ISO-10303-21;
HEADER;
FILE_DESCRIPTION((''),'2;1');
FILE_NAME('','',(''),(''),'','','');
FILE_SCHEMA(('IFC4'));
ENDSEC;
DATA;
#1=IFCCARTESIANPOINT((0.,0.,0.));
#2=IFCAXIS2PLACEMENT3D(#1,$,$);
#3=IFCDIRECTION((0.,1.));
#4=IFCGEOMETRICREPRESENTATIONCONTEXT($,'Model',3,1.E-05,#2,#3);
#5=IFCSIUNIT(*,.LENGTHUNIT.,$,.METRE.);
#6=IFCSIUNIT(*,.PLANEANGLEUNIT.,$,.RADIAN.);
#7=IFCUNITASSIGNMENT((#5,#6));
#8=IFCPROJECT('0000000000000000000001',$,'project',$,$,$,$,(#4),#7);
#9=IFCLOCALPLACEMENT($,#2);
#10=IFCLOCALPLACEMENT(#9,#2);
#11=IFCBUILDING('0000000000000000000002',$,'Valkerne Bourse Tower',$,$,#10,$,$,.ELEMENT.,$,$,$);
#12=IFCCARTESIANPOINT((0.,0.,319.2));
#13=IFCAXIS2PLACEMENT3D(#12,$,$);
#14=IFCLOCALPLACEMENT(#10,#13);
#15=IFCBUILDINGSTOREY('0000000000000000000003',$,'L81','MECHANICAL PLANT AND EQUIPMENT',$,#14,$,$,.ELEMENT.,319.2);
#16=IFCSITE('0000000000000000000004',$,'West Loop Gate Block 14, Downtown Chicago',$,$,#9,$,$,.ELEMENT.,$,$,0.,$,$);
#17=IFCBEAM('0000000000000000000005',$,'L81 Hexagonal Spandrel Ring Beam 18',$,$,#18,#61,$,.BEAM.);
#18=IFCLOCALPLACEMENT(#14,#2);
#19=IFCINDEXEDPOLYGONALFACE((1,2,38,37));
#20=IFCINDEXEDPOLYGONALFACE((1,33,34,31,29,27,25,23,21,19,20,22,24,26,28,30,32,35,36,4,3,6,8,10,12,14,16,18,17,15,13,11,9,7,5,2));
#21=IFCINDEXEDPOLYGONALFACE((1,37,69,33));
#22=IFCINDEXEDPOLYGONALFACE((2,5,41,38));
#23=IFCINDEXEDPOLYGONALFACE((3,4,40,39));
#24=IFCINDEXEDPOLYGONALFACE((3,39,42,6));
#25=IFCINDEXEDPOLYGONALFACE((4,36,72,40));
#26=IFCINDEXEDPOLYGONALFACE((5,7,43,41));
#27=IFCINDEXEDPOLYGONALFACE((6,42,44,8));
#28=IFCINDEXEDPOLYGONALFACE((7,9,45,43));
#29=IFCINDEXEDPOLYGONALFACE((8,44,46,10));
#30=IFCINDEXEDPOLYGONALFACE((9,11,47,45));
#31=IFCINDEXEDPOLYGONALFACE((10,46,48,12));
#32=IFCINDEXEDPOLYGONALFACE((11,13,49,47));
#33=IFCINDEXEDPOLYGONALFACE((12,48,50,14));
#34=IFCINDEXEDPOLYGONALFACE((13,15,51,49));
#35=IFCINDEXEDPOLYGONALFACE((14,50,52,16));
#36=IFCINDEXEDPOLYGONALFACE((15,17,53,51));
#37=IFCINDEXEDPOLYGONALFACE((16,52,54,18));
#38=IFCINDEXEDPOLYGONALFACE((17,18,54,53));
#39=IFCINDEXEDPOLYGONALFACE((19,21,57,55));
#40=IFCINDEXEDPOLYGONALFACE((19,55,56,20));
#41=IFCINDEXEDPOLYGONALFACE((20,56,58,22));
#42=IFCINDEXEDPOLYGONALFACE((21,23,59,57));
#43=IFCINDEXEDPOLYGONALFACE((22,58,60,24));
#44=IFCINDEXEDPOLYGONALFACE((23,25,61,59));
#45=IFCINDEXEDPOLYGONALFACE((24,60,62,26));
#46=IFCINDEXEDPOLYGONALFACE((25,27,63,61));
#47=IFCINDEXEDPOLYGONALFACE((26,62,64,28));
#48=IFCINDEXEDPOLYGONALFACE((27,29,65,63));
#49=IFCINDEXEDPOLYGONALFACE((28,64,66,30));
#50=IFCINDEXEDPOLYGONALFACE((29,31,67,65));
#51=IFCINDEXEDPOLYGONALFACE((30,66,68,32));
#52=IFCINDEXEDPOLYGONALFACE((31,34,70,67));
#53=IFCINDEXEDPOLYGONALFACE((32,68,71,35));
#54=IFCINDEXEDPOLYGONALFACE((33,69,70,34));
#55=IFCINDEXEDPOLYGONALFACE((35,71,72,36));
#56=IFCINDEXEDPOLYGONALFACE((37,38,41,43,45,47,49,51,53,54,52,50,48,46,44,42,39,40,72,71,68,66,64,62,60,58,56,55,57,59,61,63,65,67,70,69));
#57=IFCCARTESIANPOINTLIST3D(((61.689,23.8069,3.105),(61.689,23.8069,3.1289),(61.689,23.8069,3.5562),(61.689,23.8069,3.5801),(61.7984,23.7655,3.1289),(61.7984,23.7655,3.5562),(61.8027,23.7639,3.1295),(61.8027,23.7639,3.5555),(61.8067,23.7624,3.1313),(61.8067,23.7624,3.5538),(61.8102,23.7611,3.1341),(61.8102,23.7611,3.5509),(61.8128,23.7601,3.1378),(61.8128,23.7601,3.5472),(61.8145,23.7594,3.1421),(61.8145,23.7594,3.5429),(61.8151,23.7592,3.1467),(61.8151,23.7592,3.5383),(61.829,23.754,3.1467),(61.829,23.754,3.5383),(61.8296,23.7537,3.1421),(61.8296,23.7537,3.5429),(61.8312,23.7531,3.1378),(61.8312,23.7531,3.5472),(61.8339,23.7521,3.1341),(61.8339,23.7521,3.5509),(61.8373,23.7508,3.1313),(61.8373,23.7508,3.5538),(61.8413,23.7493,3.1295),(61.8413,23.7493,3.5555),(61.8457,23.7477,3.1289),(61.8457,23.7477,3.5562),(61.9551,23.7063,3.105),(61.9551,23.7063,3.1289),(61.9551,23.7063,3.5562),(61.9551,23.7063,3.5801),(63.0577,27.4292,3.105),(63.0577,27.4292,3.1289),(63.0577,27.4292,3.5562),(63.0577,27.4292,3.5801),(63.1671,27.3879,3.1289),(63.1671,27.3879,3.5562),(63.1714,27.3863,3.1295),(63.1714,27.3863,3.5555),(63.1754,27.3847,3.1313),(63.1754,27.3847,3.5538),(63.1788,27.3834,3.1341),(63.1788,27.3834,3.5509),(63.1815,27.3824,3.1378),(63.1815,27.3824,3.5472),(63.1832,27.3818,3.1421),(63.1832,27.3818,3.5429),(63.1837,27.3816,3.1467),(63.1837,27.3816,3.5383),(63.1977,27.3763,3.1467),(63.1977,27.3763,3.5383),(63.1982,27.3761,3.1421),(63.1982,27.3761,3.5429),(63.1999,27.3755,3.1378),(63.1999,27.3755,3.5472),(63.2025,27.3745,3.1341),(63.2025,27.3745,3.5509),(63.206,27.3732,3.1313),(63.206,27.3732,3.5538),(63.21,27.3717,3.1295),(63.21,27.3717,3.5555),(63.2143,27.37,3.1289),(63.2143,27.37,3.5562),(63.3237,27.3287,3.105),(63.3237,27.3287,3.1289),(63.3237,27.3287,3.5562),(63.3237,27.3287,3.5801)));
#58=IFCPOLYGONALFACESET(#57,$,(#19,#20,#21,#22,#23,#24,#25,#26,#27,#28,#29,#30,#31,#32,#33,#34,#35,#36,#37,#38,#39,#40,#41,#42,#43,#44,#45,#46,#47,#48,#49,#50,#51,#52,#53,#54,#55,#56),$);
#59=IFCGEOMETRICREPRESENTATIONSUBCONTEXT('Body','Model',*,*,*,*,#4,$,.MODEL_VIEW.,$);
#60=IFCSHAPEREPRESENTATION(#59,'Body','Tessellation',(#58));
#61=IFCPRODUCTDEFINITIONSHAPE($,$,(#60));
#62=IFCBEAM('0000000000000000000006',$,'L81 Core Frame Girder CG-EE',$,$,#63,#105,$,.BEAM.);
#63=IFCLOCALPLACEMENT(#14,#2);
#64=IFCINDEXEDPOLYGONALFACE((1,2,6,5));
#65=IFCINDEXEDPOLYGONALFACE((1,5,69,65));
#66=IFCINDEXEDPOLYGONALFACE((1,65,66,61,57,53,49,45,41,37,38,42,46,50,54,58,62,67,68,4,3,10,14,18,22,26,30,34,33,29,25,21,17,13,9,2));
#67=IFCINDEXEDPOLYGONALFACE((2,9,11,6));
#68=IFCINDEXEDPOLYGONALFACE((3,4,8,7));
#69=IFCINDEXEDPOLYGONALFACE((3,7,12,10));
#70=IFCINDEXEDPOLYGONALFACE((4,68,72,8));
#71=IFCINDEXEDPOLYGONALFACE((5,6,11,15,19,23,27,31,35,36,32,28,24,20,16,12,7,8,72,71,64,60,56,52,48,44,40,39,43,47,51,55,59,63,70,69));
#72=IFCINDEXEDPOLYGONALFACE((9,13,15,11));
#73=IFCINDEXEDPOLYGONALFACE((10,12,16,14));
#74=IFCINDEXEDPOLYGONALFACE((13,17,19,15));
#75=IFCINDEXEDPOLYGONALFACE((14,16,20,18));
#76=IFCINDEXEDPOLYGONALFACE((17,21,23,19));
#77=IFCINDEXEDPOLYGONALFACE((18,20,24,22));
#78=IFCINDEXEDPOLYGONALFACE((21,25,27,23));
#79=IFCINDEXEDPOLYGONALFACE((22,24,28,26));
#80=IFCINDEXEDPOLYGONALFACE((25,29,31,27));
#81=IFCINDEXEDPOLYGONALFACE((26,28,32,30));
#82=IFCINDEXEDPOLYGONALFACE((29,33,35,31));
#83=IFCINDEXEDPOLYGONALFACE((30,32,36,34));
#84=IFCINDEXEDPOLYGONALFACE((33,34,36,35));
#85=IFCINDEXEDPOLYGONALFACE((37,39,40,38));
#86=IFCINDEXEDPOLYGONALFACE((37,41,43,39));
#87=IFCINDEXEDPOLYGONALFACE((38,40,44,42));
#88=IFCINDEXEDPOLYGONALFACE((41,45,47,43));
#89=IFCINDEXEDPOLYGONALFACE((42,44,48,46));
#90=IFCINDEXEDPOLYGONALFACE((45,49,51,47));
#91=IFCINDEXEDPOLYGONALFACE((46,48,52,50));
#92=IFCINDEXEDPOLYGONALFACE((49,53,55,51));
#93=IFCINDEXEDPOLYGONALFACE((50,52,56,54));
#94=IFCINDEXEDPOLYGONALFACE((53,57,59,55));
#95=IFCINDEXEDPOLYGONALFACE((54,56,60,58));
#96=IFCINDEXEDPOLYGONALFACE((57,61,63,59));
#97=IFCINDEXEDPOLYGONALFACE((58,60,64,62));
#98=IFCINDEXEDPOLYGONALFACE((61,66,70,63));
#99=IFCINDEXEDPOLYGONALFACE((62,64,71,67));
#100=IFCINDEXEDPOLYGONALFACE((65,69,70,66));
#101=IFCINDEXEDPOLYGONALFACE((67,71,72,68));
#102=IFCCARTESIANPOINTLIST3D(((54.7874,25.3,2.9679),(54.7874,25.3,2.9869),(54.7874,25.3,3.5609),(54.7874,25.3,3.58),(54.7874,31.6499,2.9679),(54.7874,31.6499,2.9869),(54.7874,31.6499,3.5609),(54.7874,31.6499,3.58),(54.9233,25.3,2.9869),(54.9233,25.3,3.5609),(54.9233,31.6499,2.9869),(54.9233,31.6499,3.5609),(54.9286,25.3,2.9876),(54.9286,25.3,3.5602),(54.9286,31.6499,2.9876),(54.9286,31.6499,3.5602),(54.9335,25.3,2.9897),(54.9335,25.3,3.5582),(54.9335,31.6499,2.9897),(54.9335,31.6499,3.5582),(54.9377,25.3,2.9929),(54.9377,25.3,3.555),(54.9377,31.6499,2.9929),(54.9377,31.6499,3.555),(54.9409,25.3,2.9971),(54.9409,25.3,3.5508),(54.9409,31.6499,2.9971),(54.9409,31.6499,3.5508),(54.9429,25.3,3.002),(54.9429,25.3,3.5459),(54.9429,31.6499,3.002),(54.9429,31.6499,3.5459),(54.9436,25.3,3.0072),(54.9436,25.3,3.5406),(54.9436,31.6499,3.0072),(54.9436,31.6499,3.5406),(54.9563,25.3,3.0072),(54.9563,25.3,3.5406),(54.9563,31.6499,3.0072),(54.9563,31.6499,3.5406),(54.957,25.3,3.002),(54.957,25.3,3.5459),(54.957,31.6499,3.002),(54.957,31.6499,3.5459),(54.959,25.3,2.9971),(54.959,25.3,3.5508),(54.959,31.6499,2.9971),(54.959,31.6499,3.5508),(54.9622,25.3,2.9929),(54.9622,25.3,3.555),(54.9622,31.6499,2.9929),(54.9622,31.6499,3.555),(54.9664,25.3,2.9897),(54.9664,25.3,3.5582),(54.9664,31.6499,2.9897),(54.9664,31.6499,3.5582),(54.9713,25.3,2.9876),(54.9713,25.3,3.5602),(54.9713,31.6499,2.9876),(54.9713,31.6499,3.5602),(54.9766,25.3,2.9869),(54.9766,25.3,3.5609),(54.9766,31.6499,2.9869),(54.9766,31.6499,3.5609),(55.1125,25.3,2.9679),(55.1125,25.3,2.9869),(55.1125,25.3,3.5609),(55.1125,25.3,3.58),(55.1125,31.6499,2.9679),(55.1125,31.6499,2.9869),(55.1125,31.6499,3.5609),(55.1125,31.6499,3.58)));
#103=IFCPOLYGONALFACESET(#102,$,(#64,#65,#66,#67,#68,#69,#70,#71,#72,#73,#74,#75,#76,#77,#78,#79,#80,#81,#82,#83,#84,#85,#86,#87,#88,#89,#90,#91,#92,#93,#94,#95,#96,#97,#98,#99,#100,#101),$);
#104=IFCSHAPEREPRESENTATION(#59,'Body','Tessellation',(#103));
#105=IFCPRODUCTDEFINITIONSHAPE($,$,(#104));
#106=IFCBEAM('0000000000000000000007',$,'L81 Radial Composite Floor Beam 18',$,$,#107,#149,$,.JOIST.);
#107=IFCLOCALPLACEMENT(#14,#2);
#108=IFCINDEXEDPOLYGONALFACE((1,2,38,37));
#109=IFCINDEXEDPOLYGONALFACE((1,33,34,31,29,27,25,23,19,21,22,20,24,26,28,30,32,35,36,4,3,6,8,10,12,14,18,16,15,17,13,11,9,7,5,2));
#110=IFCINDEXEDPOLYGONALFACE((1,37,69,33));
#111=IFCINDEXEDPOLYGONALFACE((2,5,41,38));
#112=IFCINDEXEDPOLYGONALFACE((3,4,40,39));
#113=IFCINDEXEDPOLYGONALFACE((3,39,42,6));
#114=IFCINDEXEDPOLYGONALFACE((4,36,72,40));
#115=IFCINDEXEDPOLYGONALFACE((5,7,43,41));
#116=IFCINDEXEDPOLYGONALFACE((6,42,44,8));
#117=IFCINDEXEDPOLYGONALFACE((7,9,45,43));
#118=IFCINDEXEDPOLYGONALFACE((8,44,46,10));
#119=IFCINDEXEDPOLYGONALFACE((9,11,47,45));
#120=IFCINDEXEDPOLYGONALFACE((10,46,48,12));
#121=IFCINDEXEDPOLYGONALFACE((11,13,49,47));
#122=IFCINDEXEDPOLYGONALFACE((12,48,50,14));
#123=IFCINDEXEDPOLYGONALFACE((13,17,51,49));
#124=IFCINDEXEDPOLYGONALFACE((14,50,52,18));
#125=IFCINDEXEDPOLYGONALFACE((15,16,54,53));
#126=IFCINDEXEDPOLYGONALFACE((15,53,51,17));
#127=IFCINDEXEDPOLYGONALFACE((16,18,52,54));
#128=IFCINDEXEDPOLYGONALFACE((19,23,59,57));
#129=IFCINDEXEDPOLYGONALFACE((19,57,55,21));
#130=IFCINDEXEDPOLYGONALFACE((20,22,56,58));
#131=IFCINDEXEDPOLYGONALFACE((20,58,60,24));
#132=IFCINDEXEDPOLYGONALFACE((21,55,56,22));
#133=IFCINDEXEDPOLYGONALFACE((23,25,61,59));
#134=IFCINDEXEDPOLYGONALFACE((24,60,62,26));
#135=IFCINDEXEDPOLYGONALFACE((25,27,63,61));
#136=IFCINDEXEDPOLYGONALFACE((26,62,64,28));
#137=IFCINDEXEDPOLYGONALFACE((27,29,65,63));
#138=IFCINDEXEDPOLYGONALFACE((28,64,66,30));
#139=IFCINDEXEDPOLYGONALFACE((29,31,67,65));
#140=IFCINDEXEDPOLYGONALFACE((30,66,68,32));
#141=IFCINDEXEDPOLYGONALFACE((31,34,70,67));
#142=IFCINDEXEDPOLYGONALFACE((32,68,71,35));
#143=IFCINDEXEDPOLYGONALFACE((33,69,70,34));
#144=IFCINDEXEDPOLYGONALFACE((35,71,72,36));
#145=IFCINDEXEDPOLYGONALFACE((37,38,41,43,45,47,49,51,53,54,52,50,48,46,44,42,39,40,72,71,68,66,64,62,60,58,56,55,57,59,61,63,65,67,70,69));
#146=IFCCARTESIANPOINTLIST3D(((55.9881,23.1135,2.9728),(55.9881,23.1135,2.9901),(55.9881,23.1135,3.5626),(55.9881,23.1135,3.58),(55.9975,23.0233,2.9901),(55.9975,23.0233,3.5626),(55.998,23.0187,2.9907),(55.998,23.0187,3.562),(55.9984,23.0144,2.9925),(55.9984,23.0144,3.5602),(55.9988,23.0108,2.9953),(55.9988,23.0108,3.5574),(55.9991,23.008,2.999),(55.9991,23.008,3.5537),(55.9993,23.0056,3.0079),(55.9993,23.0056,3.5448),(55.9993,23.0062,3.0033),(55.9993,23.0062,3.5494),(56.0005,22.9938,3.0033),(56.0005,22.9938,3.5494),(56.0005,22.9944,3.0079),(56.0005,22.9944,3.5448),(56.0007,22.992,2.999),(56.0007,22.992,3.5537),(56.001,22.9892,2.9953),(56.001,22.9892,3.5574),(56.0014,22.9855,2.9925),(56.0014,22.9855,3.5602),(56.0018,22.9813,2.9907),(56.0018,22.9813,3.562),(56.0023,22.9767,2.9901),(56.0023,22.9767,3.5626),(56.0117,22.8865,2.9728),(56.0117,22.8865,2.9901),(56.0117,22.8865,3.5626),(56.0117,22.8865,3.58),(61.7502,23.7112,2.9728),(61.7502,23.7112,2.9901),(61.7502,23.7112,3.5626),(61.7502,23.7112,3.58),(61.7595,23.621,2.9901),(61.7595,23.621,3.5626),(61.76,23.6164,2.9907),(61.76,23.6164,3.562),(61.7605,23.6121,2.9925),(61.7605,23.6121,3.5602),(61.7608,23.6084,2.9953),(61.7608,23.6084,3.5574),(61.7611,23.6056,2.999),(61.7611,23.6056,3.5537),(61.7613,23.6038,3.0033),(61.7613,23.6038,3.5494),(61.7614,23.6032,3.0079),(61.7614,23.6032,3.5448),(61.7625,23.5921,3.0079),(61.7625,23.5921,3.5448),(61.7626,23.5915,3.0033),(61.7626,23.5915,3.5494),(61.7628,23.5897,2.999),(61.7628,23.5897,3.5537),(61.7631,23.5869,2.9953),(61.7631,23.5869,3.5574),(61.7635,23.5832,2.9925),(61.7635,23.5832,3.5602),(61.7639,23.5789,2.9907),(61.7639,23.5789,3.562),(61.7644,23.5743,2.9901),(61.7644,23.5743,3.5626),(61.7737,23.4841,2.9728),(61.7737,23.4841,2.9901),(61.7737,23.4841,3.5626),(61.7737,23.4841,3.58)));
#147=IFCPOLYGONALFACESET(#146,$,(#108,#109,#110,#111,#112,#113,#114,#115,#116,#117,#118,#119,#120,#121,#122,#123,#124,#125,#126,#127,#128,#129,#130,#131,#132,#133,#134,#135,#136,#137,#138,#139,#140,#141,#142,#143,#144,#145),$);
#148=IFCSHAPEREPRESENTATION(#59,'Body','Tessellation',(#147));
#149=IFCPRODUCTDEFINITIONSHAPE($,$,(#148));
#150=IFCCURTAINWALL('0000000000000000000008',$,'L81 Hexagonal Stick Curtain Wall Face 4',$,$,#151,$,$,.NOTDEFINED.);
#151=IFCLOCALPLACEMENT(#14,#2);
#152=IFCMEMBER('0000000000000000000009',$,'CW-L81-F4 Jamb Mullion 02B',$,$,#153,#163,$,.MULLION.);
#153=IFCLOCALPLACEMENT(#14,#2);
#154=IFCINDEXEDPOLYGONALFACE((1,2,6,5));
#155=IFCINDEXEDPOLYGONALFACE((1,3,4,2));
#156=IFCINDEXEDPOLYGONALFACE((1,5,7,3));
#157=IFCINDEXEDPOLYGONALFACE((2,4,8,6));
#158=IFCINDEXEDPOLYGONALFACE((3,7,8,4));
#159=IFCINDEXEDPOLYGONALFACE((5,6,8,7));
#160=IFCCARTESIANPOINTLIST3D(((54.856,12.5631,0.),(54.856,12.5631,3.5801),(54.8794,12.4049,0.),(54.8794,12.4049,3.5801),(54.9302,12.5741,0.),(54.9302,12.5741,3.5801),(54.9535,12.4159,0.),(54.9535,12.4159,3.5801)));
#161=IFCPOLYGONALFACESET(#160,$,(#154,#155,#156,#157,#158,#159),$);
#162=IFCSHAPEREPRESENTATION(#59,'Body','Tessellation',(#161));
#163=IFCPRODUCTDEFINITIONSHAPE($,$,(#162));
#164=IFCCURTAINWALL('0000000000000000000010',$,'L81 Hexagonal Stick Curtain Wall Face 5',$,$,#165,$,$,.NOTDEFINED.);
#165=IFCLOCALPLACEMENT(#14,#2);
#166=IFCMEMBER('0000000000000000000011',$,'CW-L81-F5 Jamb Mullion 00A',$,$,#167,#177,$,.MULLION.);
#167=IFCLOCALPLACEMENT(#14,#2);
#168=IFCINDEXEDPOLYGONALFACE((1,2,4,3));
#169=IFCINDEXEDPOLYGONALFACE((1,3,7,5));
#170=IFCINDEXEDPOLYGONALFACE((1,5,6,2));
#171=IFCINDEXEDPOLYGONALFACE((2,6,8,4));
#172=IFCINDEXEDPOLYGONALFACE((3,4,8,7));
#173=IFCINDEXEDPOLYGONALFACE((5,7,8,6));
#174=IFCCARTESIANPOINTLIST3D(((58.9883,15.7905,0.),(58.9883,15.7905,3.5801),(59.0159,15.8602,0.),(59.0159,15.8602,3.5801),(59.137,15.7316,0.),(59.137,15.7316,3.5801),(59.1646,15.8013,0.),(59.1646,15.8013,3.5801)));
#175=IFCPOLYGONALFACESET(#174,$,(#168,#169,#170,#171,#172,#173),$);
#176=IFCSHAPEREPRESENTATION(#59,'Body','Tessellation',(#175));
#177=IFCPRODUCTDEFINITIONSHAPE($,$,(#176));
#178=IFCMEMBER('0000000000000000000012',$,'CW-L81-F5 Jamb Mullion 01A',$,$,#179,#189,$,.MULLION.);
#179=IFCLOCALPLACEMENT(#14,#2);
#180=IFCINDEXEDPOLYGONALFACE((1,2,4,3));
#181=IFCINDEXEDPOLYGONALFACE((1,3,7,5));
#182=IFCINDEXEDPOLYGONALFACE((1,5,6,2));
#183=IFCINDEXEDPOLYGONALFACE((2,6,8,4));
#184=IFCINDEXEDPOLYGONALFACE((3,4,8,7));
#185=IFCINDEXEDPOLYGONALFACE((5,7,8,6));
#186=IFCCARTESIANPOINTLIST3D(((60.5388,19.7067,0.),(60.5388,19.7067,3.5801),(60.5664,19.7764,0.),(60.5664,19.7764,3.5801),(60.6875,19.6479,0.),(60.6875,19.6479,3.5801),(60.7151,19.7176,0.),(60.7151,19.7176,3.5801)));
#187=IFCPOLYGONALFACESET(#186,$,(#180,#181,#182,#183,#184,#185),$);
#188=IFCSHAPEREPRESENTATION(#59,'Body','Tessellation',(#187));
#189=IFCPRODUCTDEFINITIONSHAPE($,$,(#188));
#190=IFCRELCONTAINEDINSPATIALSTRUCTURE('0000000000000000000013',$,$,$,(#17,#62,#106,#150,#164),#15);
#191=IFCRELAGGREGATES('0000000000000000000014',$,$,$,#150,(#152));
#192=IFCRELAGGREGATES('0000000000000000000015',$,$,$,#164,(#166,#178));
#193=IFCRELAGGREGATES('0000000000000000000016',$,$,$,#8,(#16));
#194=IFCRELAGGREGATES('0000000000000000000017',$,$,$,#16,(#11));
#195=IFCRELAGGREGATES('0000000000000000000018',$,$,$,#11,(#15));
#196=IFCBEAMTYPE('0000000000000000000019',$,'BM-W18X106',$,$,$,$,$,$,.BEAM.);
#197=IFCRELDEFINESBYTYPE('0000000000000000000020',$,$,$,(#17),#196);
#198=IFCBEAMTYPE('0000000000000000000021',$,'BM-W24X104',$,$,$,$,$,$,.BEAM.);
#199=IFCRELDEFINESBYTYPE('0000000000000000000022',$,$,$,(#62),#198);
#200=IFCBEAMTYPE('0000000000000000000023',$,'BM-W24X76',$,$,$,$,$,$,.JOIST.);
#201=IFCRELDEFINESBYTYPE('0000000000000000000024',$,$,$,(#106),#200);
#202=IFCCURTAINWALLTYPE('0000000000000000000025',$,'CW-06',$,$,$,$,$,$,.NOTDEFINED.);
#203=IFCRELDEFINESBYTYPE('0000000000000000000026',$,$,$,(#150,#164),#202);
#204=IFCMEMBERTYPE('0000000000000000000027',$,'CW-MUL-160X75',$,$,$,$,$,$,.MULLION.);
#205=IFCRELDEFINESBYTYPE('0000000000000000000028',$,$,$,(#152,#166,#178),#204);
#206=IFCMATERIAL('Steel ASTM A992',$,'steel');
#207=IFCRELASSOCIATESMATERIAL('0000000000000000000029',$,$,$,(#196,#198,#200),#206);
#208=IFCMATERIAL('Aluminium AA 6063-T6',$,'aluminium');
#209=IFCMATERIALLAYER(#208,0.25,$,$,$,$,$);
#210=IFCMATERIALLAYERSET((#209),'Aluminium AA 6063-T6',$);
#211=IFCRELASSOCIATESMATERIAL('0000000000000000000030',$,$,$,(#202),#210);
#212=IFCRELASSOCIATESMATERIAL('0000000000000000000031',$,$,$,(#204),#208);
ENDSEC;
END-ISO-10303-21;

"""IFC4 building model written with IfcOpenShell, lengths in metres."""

from ifc_helpers import new_model, si_unit, direction, frame, origin, origin_2d, place, context, subcontext, project, spatial, rectangle, i_section, extrude, material, layer, layer_set, material_profile, profile_set, type_object, element, aggregate, save


model = new_model("IFC4")

# Units and contexts
model_context = context("Model", 3, precision=1e-05, world=origin(), true_north=direction((0.0, 1.0)))
body_context = subcontext(model_context, "Body", "Model", "MODEL_VIEW")
ifc_project = project(units=[si_unit("LENGTHUNIT", "METRE"), si_unit("PLANEANGLEUNIT", "RADIAN")], contexts=[model_context])

# Site, building, storey
site_placement = place(None, origin())
site = spatial("IfcSite", under=ifc_project, at=site_placement, Name="West Loop Gate Block 14, Downtown Chicago", CompositionType="ELEMENT", RefElevation=0.0)
building_placement = place(site_placement, origin())
building = spatial("IfcBuilding", under=site, at=building_placement, Name="Valkerne Bourse Tower", CompositionType="ELEMENT")
storey_placement = place(building_placement, frame((0.0, 0.0, 319.2)))
storey = spatial("IfcBuildingStorey", under=building, at=storey_placement, Name="L81", Description="MECHANICAL PLANT AND EQUIPMENT", CompositionType="ELEMENT", Elevation=319.2)

# Beams
ifc_material_1 = material(Name="Steel ASTM A992", Category="steel")
ifc_material_profile_1 = material_profile(ifc_material_1, i_section(OverallWidth=0.2844, OverallDepth=0.4751, WebThickness=0.0149, FlangeThickness=0.0239, FilletRadius=0.0178, at=origin_2d()), Name="W18X106")
ifc_profile_set_1 = profile_set([ifc_material_profile_1], Name="Steel ASTM A992")
beam_type_1 = type_object("IfcBeamType", Name="BM-W18X106", PredefinedType="BEAM", material=ifc_profile_set_1)
beam_1_placement = place(storey_placement, frame((61.822, 23.7566, 3.3425), z_axis=(0.353451, 0.935453, 0.0), x_axis=(-0.935453, 0.353451, 0.0)))
element("IfcBeam", 1, at=beam_1_placement, inside=storey, type_object=beam_type_1, Name="L81 Hexagonal Spandrel Ring Beam 18", PredefinedType="BEAM", context=body_context, shape_type="SweptSolid", body=[
    extrude(i_section(OverallWidth=0.2844, OverallDepth=0.4751, WebThickness=0.0149, FlangeThickness=0.0239, FilletRadius=0.0178, at=origin_2d()), origin(), (0.0, 0.0, 1.0), 3.8723),
])
ifc_material_profile_2 = material_profile(ifc_material_1, i_section(OverallWidth=0.3252, OverallDepth=0.6121, WebThickness=0.0127, FlangeThickness=0.019, FilletRadius=0.0203, at=origin_2d()), Name="W24X104")
ifc_profile_set_2 = profile_set([ifc_material_profile_2], Name="Steel ASTM A992")
beam_type_2 = type_object("IfcBeamType", Name="BM-W24X104", PredefinedType="BEAM", material=ifc_profile_set_2)
beam_2_placement = place(storey_placement, frame((54.95, 25.3, 3.2739), z_axis=(0.0, 1.0, 0.0), x_axis=(-1.0, 0.0, 0.0)))
element("IfcBeam", 2, at=beam_2_placement, inside=storey, type_object=beam_type_2, Name="L81 Core Frame Girder CG-EE", PredefinedType="BEAM", context=body_context, shape_type="SweptSolid", body=[
    extrude(i_section(OverallWidth=0.3252, OverallDepth=0.6121, WebThickness=0.0127, FlangeThickness=0.019, FilletRadius=0.0203, at=origin_2d()), origin(), (0.0, 0.0, 1.0), 6.3499),
])
ifc_material_profile_3 = material_profile(ifc_material_1, i_section(OverallWidth=0.2283, OverallDepth=0.6072, WebThickness=0.0112, FlangeThickness=0.0173, FilletRadius=0.0178, at=origin_2d()), Name="W24X76")
ifc_profile_set_3 = profile_set([ifc_material_profile_3], Name="Steel ASTM A992")
beam_type_3 = type_object("IfcBeamType", Name="BM-W24X76", PredefinedType="JOIST", material=ifc_profile_set_3)
beam_3_placement = place(storey_placement, frame((61.762, 23.5977, 3.2764), z_axis=(-0.994664, -0.103171, 0.0), x_axis=(0.103171, -0.994664, 0.0)))
element("IfcBeam", 3, at=beam_3_placement, inside=storey, type_object=beam_type_3, Name="L81 Radial Composite Floor Beam 18", PredefinedType="JOIST", context=body_context, shape_type="SweptSolid", body=[
    extrude(i_section(OverallWidth=0.2283, OverallDepth=0.6072, WebThickness=0.0112, FlangeThickness=0.0173, FilletRadius=0.0178, at=origin_2d()), origin(), (0.0, 0.0, 1.0), 5.793),
])

# Curtain wall, member
ifc_material_2 = material(Name="Aluminium AA 6063-T6", Category="aluminium")
ifc_layer_1 = layer(ifc_material_2, 0.25)
ifc_layer_set_1 = layer_set([ifc_layer_1], Name="Aluminium AA 6063-T6")
curtain_wall_type = type_object("IfcCurtainWallType", Name="CW-06", PredefinedType="NOTDEFINED", material=ifc_layer_set_1)
curtain_wall_1_placement = place(storey_placement, origin())
curtain_wall_1 = element("IfcCurtainWall", 4, at=curtain_wall_1_placement, inside=storey, type_object=curtain_wall_type, Name="L81 Hexagonal Stick Curtain Wall Face 4", PredefinedType="NOTDEFINED")
ifc_material_profile_4 = material_profile(ifc_material_2, rectangle(XDim=0.075, YDim=0.1599, at=origin_2d()), Name="CWM-75X160")
ifc_profile_set_4 = profile_set([ifc_material_profile_4], Name="Aluminium AA 6063-T6")
member_type_1 = type_object("IfcMemberType", Name="CW-MUL-160X75", PredefinedType="MULLION", material=ifc_profile_set_4)
member_1_placement = place(storey_placement, frame((54.9048, 12.4895, 0.0), z_axis=(0.0, 0.0, 1.0), x_axis=(0.989272, 0.146083, 0.0)))
member_1 = element("IfcMember", 5, at=member_1_placement, type_object=member_type_1, Name="CW-L81-F4 Jamb Mullion 02B", PredefinedType="MULLION", context=body_context, shape_type="SweptSolid", body=[
    extrude(rectangle(XDim=0.075, YDim=0.1599, at=origin_2d()), origin(), (0.0, 0.0, 1.0), 3.5801),
])
aggregate(curtain_wall_1, [member_1])

# Curtain wall, members
curtain_wall_2_placement = place(storey_placement, origin())
curtain_wall_2 = element("IfcCurtainWall", 6, at=curtain_wall_2_placement, inside=storey, type_object=curtain_wall_type, Name="L81 Hexagonal Stick Curtain Wall Face 5", PredefinedType="NOTDEFINED")
member_2_placement = place(storey_placement, frame((59.0764, 15.7959, 0.0), z_axis=(0.0, 0.0, 1.0), x_axis=(0.36813, 0.929774, 0.0)))
member_2 = element("IfcMember", 7, at=member_2_placement, type_object=member_type_1, Name="CW-L81-F5 Jamb Mullion 00A", PredefinedType="MULLION", context=body_context, shape_type="SweptSolid", body=[
    extrude(rectangle(XDim=0.075, YDim=0.1599, at=origin_2d()), origin(), (0.0, 0.0, 1.0), 3.5801),
])
member_3_placement = place(storey_placement, frame((60.627, 19.7122, 0.0), z_axis=(0.0, 0.0, 1.0), x_axis=(0.368118, 0.929779, 0.0)))
member_3 = element("IfcMember", 8, at=member_3_placement, type_object=member_type_1, Name="CW-L81-F5 Jamb Mullion 01A", PredefinedType="MULLION", context=body_context, shape_type="SweptSolid", body=[
    extrude(rectangle(XDim=0.075, YDim=0.1599, at=origin_2d()), origin(), (0.0, 0.0, 1.0), 3.5801),
])

aggregate(curtain_wall_2, [member_2, member_3])

save(model, "model.ifc")
